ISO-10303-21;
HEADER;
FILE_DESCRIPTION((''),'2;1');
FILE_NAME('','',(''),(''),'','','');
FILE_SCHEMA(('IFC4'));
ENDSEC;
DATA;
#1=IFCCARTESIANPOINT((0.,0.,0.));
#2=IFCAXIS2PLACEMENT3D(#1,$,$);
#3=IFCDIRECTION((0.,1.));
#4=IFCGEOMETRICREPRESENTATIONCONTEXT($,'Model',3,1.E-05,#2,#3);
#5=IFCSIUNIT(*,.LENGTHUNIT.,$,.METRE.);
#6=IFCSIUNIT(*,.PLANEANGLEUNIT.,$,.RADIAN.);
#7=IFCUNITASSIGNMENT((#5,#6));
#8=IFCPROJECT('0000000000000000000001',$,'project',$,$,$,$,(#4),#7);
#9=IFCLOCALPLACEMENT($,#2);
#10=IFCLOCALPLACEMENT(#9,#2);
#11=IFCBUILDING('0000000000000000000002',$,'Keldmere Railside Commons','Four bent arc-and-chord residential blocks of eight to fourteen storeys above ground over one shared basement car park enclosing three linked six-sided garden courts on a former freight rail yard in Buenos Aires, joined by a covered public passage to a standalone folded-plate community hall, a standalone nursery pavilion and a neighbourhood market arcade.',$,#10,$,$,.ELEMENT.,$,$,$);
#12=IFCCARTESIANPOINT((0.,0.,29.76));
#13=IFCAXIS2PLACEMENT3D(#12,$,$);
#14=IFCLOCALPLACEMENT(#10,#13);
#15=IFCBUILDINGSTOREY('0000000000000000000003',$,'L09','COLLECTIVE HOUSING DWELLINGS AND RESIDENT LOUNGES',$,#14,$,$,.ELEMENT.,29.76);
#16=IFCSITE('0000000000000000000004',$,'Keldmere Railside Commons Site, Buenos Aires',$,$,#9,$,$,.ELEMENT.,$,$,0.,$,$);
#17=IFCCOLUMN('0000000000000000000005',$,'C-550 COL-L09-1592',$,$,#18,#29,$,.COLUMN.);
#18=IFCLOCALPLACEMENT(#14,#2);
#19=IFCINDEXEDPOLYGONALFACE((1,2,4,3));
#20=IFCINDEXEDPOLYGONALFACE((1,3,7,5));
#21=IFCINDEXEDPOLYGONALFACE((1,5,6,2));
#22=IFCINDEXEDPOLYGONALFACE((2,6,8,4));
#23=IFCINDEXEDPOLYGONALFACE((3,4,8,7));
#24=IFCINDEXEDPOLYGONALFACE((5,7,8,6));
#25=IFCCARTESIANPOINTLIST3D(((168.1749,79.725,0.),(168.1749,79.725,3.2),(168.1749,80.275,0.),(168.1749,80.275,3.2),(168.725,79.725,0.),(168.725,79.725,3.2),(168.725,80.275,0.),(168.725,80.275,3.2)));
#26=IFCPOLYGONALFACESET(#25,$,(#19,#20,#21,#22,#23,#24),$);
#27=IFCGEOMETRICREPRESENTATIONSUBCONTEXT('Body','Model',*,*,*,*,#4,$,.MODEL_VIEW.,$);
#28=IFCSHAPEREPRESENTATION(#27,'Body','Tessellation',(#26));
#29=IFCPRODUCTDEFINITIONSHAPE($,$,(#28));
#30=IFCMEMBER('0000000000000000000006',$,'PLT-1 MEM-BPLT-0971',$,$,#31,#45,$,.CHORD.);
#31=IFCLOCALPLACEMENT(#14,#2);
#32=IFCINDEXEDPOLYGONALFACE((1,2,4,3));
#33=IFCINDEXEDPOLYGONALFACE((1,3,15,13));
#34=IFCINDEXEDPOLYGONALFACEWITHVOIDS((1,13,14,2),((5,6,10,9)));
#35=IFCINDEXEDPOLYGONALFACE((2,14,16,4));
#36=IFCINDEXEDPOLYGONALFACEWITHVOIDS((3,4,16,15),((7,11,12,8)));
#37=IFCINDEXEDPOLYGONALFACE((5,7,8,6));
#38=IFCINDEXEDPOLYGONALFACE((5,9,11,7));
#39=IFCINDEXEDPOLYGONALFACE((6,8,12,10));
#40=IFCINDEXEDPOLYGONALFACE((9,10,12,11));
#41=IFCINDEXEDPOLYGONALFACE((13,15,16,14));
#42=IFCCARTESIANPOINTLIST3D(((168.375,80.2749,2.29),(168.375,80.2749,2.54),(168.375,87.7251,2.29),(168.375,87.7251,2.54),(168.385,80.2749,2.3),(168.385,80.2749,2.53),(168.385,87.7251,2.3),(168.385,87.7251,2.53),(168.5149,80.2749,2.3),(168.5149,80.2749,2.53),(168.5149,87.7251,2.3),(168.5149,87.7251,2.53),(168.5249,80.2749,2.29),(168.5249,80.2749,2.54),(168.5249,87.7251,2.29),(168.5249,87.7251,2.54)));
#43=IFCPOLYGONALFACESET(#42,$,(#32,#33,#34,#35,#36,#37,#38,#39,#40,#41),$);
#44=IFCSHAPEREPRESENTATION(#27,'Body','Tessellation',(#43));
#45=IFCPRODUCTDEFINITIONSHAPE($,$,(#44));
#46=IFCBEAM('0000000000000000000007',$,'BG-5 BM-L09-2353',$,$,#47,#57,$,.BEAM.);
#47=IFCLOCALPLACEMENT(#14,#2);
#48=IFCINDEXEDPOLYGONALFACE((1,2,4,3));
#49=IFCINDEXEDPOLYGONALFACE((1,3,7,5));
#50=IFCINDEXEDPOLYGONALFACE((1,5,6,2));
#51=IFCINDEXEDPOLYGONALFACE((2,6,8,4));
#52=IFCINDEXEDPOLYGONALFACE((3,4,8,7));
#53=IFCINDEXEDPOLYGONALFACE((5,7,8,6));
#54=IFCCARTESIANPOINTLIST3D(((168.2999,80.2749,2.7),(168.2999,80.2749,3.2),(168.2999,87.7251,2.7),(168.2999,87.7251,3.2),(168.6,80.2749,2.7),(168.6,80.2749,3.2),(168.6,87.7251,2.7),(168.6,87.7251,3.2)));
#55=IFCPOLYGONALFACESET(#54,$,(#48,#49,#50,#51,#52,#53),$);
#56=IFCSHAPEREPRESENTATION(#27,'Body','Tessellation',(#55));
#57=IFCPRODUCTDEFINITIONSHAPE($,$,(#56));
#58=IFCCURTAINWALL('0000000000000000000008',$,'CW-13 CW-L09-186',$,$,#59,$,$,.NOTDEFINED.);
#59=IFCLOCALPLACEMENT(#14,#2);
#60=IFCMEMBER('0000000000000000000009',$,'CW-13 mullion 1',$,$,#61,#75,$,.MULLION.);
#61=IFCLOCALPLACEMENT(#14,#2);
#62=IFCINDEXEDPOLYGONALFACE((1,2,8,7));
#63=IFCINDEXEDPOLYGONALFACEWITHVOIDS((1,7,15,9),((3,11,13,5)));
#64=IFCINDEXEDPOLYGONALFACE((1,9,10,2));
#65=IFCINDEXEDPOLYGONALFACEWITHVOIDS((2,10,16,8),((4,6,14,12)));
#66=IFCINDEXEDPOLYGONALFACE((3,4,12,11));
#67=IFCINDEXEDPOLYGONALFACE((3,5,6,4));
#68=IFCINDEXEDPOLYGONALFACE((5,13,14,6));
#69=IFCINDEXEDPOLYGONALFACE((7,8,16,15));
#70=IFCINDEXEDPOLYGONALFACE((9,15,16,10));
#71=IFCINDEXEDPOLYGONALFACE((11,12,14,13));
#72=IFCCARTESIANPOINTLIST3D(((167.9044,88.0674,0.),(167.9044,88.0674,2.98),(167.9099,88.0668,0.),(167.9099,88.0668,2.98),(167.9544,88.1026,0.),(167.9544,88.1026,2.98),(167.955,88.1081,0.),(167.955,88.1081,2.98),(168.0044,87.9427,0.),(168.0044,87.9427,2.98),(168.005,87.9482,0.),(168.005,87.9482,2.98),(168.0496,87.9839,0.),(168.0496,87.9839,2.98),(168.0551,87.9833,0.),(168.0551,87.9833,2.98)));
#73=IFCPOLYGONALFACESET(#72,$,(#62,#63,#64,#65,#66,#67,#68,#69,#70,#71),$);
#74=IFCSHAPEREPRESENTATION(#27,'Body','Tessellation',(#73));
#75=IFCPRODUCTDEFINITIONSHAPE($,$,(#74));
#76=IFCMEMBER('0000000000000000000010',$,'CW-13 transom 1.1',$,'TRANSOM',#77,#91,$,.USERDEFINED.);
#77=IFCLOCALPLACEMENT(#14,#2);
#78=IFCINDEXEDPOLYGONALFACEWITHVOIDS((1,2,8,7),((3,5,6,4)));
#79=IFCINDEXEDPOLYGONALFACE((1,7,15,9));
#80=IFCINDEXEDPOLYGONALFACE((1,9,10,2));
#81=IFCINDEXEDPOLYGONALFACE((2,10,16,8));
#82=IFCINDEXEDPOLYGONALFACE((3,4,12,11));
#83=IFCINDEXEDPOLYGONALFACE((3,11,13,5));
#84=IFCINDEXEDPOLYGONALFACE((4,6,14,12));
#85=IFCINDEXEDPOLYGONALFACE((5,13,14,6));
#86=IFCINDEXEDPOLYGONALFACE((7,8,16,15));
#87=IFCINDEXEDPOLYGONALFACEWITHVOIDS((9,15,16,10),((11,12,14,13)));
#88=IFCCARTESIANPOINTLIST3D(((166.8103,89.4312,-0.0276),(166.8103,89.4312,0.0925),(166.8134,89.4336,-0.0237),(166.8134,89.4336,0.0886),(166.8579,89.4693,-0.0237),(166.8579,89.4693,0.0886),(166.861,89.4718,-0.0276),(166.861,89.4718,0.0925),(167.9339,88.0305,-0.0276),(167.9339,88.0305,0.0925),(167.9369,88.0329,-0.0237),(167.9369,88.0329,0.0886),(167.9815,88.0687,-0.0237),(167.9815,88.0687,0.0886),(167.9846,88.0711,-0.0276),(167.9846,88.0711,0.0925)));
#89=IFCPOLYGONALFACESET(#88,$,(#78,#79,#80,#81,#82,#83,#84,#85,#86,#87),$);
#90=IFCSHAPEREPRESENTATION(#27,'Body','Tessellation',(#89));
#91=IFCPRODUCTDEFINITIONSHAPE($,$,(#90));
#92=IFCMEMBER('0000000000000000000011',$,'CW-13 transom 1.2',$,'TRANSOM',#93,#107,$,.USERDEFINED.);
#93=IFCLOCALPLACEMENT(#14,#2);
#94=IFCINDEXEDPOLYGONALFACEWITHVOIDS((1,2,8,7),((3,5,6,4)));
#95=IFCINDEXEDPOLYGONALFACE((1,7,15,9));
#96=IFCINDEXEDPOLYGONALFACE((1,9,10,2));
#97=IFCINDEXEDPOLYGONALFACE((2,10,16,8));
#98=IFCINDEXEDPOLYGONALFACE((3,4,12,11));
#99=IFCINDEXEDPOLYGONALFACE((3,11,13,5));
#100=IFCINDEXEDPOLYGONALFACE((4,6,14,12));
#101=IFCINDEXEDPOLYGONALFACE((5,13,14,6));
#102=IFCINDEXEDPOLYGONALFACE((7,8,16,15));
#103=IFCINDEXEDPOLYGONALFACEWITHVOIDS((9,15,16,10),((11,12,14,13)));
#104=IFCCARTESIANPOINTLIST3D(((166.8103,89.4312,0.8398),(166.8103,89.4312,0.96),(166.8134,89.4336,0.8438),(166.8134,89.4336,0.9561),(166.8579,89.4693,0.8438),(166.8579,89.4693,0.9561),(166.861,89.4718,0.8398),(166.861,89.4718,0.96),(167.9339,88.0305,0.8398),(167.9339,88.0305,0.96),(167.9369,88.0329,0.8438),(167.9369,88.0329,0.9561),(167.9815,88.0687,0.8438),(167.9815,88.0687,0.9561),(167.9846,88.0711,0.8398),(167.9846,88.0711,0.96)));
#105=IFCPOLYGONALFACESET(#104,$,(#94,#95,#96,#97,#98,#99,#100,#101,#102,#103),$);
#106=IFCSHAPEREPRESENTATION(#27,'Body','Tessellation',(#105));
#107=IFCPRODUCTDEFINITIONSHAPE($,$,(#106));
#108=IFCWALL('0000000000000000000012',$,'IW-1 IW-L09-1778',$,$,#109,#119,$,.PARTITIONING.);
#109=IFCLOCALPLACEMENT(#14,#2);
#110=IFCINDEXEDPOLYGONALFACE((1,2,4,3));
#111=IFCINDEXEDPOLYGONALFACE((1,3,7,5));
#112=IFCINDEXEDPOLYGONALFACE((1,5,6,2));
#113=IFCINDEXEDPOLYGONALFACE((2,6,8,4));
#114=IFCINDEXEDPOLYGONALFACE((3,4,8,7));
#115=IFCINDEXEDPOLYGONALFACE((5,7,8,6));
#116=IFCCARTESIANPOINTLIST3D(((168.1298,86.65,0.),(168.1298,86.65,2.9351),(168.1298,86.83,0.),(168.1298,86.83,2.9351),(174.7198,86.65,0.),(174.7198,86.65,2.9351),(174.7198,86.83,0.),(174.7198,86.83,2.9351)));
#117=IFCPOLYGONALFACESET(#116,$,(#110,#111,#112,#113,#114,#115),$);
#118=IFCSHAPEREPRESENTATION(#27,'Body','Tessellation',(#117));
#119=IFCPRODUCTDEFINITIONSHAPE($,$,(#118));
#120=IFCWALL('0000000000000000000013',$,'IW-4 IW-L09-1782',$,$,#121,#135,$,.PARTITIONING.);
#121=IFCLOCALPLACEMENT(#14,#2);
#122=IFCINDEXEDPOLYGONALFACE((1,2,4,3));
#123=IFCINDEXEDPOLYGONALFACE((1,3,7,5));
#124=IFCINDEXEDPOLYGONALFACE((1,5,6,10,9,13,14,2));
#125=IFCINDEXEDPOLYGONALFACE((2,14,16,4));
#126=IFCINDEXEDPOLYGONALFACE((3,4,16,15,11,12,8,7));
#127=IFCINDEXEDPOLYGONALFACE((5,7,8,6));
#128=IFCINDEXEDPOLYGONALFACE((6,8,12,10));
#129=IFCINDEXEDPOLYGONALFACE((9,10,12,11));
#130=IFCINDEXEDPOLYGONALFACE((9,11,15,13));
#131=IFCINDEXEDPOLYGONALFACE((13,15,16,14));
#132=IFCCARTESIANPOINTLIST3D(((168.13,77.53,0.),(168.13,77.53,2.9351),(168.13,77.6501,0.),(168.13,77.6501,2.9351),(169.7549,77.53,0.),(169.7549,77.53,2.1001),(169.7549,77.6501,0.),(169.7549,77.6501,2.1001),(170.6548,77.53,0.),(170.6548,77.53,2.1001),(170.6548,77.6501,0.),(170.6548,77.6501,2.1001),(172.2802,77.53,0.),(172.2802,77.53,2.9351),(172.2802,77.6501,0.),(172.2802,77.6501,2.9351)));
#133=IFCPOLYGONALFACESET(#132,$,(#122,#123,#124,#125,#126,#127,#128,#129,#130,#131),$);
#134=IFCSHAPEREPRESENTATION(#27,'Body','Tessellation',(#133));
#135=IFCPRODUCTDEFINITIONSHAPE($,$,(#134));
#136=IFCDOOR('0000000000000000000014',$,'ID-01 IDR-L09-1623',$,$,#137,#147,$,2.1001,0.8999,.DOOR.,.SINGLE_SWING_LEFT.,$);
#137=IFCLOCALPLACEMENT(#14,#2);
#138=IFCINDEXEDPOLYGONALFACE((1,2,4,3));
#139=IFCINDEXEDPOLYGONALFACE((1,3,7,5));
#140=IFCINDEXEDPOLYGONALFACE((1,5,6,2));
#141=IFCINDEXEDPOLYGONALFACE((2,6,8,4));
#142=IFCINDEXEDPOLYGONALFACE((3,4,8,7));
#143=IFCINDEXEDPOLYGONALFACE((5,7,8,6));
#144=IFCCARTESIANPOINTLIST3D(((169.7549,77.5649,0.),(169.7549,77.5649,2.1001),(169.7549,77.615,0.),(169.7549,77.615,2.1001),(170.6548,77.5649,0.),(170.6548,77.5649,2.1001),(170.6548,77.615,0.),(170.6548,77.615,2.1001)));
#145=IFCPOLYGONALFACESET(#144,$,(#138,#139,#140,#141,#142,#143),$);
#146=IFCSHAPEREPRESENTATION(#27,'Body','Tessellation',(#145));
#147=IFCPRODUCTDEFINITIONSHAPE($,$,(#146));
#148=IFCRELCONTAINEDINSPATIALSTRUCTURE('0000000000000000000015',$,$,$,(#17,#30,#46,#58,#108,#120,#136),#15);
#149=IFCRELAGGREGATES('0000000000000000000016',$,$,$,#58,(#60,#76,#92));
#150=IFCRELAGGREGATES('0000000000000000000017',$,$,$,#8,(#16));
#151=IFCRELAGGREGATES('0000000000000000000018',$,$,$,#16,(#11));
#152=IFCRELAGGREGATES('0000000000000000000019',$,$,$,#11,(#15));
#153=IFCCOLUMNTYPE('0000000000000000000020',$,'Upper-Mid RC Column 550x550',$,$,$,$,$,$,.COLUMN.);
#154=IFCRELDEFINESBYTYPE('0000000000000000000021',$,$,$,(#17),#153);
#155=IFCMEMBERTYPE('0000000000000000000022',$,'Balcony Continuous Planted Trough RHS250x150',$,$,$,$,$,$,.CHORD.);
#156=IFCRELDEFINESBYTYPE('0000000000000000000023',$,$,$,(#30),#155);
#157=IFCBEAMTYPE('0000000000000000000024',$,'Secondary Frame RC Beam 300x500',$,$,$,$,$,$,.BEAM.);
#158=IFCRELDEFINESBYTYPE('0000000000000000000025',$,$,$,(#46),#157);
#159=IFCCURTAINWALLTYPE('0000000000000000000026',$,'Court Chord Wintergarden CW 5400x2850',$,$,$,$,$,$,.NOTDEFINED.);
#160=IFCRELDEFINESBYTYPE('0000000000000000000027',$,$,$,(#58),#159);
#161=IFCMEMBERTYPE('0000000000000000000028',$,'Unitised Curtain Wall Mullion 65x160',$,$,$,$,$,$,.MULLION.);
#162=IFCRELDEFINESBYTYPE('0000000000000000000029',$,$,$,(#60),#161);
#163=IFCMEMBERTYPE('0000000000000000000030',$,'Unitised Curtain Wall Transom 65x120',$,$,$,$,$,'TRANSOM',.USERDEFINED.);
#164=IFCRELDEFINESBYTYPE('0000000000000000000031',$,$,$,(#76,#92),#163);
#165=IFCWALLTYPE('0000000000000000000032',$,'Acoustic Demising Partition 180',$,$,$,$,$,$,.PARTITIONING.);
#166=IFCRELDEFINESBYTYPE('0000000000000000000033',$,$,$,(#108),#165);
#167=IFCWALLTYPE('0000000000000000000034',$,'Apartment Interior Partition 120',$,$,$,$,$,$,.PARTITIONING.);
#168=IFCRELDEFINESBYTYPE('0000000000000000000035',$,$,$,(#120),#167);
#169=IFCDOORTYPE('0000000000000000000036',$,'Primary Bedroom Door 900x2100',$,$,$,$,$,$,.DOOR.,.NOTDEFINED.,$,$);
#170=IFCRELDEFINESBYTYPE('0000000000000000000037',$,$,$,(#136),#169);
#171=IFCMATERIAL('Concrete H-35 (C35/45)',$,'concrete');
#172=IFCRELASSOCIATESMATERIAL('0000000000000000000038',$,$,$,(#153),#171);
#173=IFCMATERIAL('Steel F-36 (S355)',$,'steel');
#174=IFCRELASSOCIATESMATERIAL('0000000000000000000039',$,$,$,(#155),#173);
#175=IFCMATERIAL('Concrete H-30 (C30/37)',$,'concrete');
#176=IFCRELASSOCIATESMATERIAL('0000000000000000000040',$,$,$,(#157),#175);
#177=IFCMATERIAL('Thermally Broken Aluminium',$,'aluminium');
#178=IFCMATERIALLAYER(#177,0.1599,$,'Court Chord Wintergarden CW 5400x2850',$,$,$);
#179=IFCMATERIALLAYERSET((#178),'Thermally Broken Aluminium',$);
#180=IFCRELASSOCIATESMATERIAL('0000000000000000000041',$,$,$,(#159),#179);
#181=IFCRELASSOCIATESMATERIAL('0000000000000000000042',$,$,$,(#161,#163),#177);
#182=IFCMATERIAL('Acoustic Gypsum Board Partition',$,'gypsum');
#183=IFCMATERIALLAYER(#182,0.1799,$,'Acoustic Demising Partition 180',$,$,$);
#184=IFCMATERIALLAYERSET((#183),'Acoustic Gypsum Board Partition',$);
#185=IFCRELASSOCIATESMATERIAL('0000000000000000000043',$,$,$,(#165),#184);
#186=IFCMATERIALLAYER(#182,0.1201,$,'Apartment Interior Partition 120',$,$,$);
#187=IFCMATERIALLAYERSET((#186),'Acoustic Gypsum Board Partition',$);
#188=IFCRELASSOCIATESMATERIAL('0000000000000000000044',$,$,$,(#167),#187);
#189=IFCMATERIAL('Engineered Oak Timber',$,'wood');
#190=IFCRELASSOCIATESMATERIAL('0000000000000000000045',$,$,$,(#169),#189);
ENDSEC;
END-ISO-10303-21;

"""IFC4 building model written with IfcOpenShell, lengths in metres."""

from ifc_helpers import new_model, si_unit, direction, frame, frame_2d, origin, origin_2d, place, context, subcontext, project, spatial, rectangle, hollow_rectangle, extrude, material, layer, layer_set, material_profile, profile_set, type_object, element, fill, aggregate, save


model = new_model("IFC4")

# Units and contexts
model_context = context("Model", 3, precision=1e-05, world=origin(), true_north=direction((0.0, 1.0)))
body_context = subcontext(model_context, "Body", "Model", "MODEL_VIEW")
ifc_project = project(units=[si_unit("LENGTHUNIT", "METRE"), si_unit("PLANEANGLEUNIT", "RADIAN")], contexts=[model_context])

# Site, building, storey
site_placement = place(None, origin())
site = spatial("IfcSite", under=ifc_project, at=site_placement, Name="Keldmere Railside Commons Site, Buenos Aires", CompositionType="ELEMENT", RefElevation=0.0)
building_placement = place(site_placement, origin())
building = spatial("IfcBuilding", under=site, at=building_placement, Name="Keldmere Railside Commons", Description="Four bent arc-and-chord residential blocks of eight to fourteen storeys above ground over one shared basement car park enclosing three linked six-sided garden courts on a former freight rail yard in Buenos Aires, joined by a covered public passage to a standalone folded-plate community hall, a standalone nursery pavilion and a neighbourhood market arcade.", CompositionType="ELEMENT")
storey_placement = place(building_placement, frame((0.0, 0.0, 29.76)))
storey = spatial("IfcBuildingStorey", under=building, at=storey_placement, Name="L09", Description="COLLECTIVE HOUSING DWELLINGS AND RESIDENT LOUNGES", CompositionType="ELEMENT", Elevation=29.76)

# Column
ifc_material_1 = material(Name="Concrete H-35 (C35/45)", Category="concrete")
ifc_material_profile_1 = material_profile(ifc_material_1, rectangle(XDim=0.55, YDim=0.55, at=origin_2d()), Name="RC-550x550")
ifc_profile_set_1 = profile_set([ifc_material_profile_1], Name="Concrete H-35 (C35/45)")
column_type = type_object("IfcColumnType", Name="Upper-Mid RC Column 550x550", PredefinedType="COLUMN", material=ifc_profile_set_1)
column_placement = place(storey_placement, frame((168.45, 80.0, 0.0), z_axis=(0.0, 0.0, 1.0), x_axis=(1.0, 0.0, 0.0)))
element("IfcColumn", 1, at=column_placement, inside=storey, type_object=column_type, Name="C-550 COL-L09-1592", PredefinedType="COLUMN", context=body_context, shape_type="SweptSolid", body=[
    extrude(rectangle(XDim=0.55, YDim=0.55, at=origin_2d()), origin(), (0.0, 0.0, 1.0), 3.2),
])

# Member
ifc_material_2 = material(Name="Steel F-36 (S355)", Category="steel")
ifc_material_profile_2 = material_profile(ifc_material_2, hollow_rectangle(XDim=0.1499, YDim=0.25, WallThickness=0.01, at=origin_2d()), Name="RHS-250x150x10")
ifc_profile_set_2 = profile_set([ifc_material_profile_2], Name="Steel F-36 (S355)")
member_type_1 = type_object("IfcMemberType", Name="Balcony Continuous Planted Trough RHS250x150", PredefinedType="CHORD", material=ifc_profile_set_2)
member_1_placement = place(storey_placement, frame((168.45, 80.2749, 2.415), z_axis=(0.0, 1.0, 0.0), x_axis=(-1.0, 0.0, 0.0)))
element("IfcMember", 2, at=member_1_placement, inside=storey, type_object=member_type_1, Name="PLT-1 MEM-BPLT-0971", PredefinedType="CHORD", context=body_context, shape_type="SweptSolid", body=[
    extrude(hollow_rectangle(XDim=0.1499, YDim=0.25, WallThickness=0.01, at=origin_2d()), origin(), (0.0, 0.0, 1.0), 7.4502),
])

# Beam
ifc_material_3 = material(Name="Concrete H-30 (C30/37)", Category="concrete")
ifc_material_profile_3 = material_profile(ifc_material_3, rectangle(XDim=0.3, YDim=0.5, at=origin_2d()), Name="RC-300x500")
ifc_profile_set_3 = profile_set([ifc_material_profile_3], Name="Concrete H-30 (C30/37)")
beam_type = type_object("IfcBeamType", Name="Secondary Frame RC Beam 300x500", PredefinedType="BEAM", material=ifc_profile_set_3)
beam_placement = place(storey_placement, frame((168.45, 80.2749, 2.95), z_axis=(0.0, 1.0, 0.0), x_axis=(-1.0, 0.0, 0.0)))
element("IfcBeam", 3, at=beam_placement, inside=storey, type_object=beam_type, Name="BG-5 BM-L09-2353", PredefinedType="BEAM", context=body_context, shape_type="SweptSolid", body=[
    extrude(rectangle(XDim=0.3, YDim=0.5, at=origin_2d()), origin(), (0.0, 0.0, 1.0), 7.4502),
])

# Curtain wall, members
ifc_material_4 = material(Name="Thermally Broken Aluminium", Category="aluminium")
ifc_layer_1 = layer(ifc_material_4, 0.1599, Name="Court Chord Wintergarden CW 5400x2850")
ifc_layer_set_1 = layer_set([ifc_layer_1], Name="Thermally Broken Aluminium")
curtain_wall_type = type_object("IfcCurtainWallType", Name="Court Chord Wintergarden CW 5400x2850", PredefinedType="NOTDEFINED", material=ifc_layer_set_1)
curtain_wall_placement = place(storey_placement, origin())
curtain_wall = element("IfcCurtainWall", 4, at=curtain_wall_placement, inside=storey, type_object=curtain_wall_type, Name="CW-13 CW-L09-186", PredefinedType="NOTDEFINED")
ifc_material_profile_4 = material_profile(ifc_material_4, hollow_rectangle(XDim=0.0649, YDim=0.1599, WallThickness=0.0039, at=origin_2d()), Name="ALU-MULL-65x160")
ifc_profile_set_4 = profile_set([ifc_material_profile_4], Name="Thermally Broken Aluminium")
member_type_2 = type_object("IfcMemberType", Name="Unitised Curtain Wall Mullion 65x160", PredefinedType="MULLION", material=ifc_profile_set_4)
member_2_placement = place(storey_placement, frame((167.9797, 88.0254, 0.0), z_axis=(0.0, 0.0, 1.0), x_axis=(-0.780009, -0.625768, 0.0)))
member_2 = element("IfcMember", 5, at=member_2_placement, type_object=member_type_2, Name="CW-13 mullion 1", PredefinedType="MULLION", context=body_context, shape_type="SweptSolid", body=[
    extrude(hollow_rectangle(XDim=0.0649, YDim=0.1599, WallThickness=0.0039, at=origin_2d()), origin(), (0.0, 0.0, 1.0), 2.98),
])
ifc_material_profile_5 = material_profile(ifc_material_4, hollow_rectangle(XDim=0.0649, YDim=0.1201, WallThickness=0.0039, at=origin_2d()), Name="ALU-TRAN-65x120")
ifc_profile_set_5 = profile_set([ifc_material_profile_5], Name="Thermally Broken Aluminium")
member_type_3 = type_object("IfcMemberType", Name="Unitised Curtain Wall Transom 65x120", ElementType="TRANSOM", PredefinedType="USERDEFINED", material=ifc_profile_set_5)
member_3_placement = place(storey_placement, frame((167.9592, 88.0508, 0.0325), z_axis=(-0.625723, 0.780046, 0.0), x_axis=(-0.780046, -0.625723, 0.0)))
member_3 = element("IfcMember", 6, at=member_3_placement, type_object=member_type_3, Name="CW-13 transom 1.1", ObjectType="TRANSOM", PredefinedType="USERDEFINED", context=body_context, shape_type="SweptSolid", body=[
    extrude(hollow_rectangle(XDim=0.0649, YDim=0.1201, WallThickness=0.0039, at=origin_2d()), origin(), (0.0, 0.0, 1.0), 1.7957),
])
member_4_placement = place(storey_placement, frame((167.9592, 88.0508, 0.8999), z_axis=(-0.625723, 0.780046, 0.0), x_axis=(-0.780046, -0.625723, 0.0)))
member_4 = element("IfcMember", 7, at=member_4_placement, type_object=member_type_3, Name="CW-13 transom 1.2", ObjectType="TRANSOM", PredefinedType="USERDEFINED", context=body_context, shape_type="SweptSolid", body=[
    extrude(hollow_rectangle(XDim=0.0649, YDim=0.1201, WallThickness=0.0039, at=origin_2d()), origin(), (0.0, 0.0, 1.0), 1.7957),
])
aggregate(curtain_wall, [member_2, member_3, member_4])

# Wall
ifc_material_5 = material(Name="Acoustic Gypsum Board Partition", Category="gypsum")
ifc_layer_2 = layer(ifc_material_5, 0.1799, Name="Acoustic Demising Partition 180")
ifc_layer_set_2 = layer_set([ifc_layer_2], Name="Acoustic Gypsum Board Partition")
wall_type_1 = type_object("IfcWallType", Name="Acoustic Demising Partition 180", PredefinedType="PARTITIONING", material=ifc_layer_set_2)
wall_1_placement = place(storey_placement, frame((168.1299, 86.74, 0.0), z_axis=(0.0, 0.0, 1.0), x_axis=(1.0, 0.0, 0.0)))
element("IfcWall", 8, at=wall_1_placement, inside=storey, type_object=wall_type_1, Name="IW-1 IW-L09-1778", PredefinedType="PARTITIONING", context=body_context, shape_type="SweptSolid", body=[
    extrude(rectangle(XDim=6.5901, YDim=0.1799, at=frame_2d((3.2949, 0.0))), origin(), (0.0, 0.0, 1.0), 2.9351),
])

# Wall, opening, door
ifc_layer_3 = layer(ifc_material_5, 0.1201, Name="Apartment Interior Partition 120")
ifc_layer_set_3 = layer_set([ifc_layer_3], Name="Acoustic Gypsum Board Partition")
wall_type_2 = type_object("IfcWallType", Name="Apartment Interior Partition 120", PredefinedType="PARTITIONING", material=ifc_layer_set_3)
wall_2_placement = place(storey_placement, frame((168.1299, 77.5901, 0.0), z_axis=(0.0, 0.0, 1.0), x_axis=(1.0, 0.0, 0.0)))
wall_2 = element("IfcWall", 9, at=wall_2_placement, inside=storey, type_object=wall_type_2, Name="IW-4 IW-L09-1782", PredefinedType="PARTITIONING", context=body_context, shape_type="SweptSolid", body=[
    extrude(rectangle(XDim=4.1501, YDim=0.1201, at=frame_2d((2.0752, 0.0))), origin(), (0.0, 0.0, 1.0), 2.9351),
])
opening_1_placement = place(wall_2_placement, frame((1.625, 0.0, 0.0)))
opening_1 = element("IfcOpeningElement", 10, at=opening_1_placement, cuts=wall_2, PredefinedType="OPENING", context=body_context, shape_type="SweptSolid", body=[
    extrude(rectangle(XDim=0.8999, YDim=2.1001, at=frame_2d((0.45, 1.05))), frame((0.0, 0.0701, 0.0), z_axis=(0.0, -1.0, 0.0), x_axis=(1.0, 0.0, 0.0)), (0.0, 0.0, 1.0), 0.1401),
])
ifc_material_6 = material(Name="Engineered Oak Timber", Category="wood")
door_type_1 = type_object("IfcDoorType", Name="Primary Bedroom Door 900x2100", OperationType="NOTDEFINED", PredefinedType="DOOR", material=ifc_material_6)
door_1_placement = place(opening_1_placement, origin())
door_1 = element("IfcDoor", 11, at=door_1_placement, inside=storey, type_object=door_type_1, Name="ID-01 IDR-L09-1623", OperationType="SINGLE_SWING_LEFT", OverallHeight=2.1001, OverallWidth=0.8999, PredefinedType="DOOR", context=body_context, shape_type="SweptSolid", body=[
    extrude(rectangle(XDim=0.8999, YDim=2.1001, at=frame_2d((0.45, 1.05))), frame((0.0, 0.0249, 0.0), z_axis=(0.0, -1.0, 0.0), x_axis=(1.0, 0.0, 0.0)), (0.0, 0.0, 1.0), 0.05),
])
fill(opening_1, door_1)

save(model, "model.ifc")
